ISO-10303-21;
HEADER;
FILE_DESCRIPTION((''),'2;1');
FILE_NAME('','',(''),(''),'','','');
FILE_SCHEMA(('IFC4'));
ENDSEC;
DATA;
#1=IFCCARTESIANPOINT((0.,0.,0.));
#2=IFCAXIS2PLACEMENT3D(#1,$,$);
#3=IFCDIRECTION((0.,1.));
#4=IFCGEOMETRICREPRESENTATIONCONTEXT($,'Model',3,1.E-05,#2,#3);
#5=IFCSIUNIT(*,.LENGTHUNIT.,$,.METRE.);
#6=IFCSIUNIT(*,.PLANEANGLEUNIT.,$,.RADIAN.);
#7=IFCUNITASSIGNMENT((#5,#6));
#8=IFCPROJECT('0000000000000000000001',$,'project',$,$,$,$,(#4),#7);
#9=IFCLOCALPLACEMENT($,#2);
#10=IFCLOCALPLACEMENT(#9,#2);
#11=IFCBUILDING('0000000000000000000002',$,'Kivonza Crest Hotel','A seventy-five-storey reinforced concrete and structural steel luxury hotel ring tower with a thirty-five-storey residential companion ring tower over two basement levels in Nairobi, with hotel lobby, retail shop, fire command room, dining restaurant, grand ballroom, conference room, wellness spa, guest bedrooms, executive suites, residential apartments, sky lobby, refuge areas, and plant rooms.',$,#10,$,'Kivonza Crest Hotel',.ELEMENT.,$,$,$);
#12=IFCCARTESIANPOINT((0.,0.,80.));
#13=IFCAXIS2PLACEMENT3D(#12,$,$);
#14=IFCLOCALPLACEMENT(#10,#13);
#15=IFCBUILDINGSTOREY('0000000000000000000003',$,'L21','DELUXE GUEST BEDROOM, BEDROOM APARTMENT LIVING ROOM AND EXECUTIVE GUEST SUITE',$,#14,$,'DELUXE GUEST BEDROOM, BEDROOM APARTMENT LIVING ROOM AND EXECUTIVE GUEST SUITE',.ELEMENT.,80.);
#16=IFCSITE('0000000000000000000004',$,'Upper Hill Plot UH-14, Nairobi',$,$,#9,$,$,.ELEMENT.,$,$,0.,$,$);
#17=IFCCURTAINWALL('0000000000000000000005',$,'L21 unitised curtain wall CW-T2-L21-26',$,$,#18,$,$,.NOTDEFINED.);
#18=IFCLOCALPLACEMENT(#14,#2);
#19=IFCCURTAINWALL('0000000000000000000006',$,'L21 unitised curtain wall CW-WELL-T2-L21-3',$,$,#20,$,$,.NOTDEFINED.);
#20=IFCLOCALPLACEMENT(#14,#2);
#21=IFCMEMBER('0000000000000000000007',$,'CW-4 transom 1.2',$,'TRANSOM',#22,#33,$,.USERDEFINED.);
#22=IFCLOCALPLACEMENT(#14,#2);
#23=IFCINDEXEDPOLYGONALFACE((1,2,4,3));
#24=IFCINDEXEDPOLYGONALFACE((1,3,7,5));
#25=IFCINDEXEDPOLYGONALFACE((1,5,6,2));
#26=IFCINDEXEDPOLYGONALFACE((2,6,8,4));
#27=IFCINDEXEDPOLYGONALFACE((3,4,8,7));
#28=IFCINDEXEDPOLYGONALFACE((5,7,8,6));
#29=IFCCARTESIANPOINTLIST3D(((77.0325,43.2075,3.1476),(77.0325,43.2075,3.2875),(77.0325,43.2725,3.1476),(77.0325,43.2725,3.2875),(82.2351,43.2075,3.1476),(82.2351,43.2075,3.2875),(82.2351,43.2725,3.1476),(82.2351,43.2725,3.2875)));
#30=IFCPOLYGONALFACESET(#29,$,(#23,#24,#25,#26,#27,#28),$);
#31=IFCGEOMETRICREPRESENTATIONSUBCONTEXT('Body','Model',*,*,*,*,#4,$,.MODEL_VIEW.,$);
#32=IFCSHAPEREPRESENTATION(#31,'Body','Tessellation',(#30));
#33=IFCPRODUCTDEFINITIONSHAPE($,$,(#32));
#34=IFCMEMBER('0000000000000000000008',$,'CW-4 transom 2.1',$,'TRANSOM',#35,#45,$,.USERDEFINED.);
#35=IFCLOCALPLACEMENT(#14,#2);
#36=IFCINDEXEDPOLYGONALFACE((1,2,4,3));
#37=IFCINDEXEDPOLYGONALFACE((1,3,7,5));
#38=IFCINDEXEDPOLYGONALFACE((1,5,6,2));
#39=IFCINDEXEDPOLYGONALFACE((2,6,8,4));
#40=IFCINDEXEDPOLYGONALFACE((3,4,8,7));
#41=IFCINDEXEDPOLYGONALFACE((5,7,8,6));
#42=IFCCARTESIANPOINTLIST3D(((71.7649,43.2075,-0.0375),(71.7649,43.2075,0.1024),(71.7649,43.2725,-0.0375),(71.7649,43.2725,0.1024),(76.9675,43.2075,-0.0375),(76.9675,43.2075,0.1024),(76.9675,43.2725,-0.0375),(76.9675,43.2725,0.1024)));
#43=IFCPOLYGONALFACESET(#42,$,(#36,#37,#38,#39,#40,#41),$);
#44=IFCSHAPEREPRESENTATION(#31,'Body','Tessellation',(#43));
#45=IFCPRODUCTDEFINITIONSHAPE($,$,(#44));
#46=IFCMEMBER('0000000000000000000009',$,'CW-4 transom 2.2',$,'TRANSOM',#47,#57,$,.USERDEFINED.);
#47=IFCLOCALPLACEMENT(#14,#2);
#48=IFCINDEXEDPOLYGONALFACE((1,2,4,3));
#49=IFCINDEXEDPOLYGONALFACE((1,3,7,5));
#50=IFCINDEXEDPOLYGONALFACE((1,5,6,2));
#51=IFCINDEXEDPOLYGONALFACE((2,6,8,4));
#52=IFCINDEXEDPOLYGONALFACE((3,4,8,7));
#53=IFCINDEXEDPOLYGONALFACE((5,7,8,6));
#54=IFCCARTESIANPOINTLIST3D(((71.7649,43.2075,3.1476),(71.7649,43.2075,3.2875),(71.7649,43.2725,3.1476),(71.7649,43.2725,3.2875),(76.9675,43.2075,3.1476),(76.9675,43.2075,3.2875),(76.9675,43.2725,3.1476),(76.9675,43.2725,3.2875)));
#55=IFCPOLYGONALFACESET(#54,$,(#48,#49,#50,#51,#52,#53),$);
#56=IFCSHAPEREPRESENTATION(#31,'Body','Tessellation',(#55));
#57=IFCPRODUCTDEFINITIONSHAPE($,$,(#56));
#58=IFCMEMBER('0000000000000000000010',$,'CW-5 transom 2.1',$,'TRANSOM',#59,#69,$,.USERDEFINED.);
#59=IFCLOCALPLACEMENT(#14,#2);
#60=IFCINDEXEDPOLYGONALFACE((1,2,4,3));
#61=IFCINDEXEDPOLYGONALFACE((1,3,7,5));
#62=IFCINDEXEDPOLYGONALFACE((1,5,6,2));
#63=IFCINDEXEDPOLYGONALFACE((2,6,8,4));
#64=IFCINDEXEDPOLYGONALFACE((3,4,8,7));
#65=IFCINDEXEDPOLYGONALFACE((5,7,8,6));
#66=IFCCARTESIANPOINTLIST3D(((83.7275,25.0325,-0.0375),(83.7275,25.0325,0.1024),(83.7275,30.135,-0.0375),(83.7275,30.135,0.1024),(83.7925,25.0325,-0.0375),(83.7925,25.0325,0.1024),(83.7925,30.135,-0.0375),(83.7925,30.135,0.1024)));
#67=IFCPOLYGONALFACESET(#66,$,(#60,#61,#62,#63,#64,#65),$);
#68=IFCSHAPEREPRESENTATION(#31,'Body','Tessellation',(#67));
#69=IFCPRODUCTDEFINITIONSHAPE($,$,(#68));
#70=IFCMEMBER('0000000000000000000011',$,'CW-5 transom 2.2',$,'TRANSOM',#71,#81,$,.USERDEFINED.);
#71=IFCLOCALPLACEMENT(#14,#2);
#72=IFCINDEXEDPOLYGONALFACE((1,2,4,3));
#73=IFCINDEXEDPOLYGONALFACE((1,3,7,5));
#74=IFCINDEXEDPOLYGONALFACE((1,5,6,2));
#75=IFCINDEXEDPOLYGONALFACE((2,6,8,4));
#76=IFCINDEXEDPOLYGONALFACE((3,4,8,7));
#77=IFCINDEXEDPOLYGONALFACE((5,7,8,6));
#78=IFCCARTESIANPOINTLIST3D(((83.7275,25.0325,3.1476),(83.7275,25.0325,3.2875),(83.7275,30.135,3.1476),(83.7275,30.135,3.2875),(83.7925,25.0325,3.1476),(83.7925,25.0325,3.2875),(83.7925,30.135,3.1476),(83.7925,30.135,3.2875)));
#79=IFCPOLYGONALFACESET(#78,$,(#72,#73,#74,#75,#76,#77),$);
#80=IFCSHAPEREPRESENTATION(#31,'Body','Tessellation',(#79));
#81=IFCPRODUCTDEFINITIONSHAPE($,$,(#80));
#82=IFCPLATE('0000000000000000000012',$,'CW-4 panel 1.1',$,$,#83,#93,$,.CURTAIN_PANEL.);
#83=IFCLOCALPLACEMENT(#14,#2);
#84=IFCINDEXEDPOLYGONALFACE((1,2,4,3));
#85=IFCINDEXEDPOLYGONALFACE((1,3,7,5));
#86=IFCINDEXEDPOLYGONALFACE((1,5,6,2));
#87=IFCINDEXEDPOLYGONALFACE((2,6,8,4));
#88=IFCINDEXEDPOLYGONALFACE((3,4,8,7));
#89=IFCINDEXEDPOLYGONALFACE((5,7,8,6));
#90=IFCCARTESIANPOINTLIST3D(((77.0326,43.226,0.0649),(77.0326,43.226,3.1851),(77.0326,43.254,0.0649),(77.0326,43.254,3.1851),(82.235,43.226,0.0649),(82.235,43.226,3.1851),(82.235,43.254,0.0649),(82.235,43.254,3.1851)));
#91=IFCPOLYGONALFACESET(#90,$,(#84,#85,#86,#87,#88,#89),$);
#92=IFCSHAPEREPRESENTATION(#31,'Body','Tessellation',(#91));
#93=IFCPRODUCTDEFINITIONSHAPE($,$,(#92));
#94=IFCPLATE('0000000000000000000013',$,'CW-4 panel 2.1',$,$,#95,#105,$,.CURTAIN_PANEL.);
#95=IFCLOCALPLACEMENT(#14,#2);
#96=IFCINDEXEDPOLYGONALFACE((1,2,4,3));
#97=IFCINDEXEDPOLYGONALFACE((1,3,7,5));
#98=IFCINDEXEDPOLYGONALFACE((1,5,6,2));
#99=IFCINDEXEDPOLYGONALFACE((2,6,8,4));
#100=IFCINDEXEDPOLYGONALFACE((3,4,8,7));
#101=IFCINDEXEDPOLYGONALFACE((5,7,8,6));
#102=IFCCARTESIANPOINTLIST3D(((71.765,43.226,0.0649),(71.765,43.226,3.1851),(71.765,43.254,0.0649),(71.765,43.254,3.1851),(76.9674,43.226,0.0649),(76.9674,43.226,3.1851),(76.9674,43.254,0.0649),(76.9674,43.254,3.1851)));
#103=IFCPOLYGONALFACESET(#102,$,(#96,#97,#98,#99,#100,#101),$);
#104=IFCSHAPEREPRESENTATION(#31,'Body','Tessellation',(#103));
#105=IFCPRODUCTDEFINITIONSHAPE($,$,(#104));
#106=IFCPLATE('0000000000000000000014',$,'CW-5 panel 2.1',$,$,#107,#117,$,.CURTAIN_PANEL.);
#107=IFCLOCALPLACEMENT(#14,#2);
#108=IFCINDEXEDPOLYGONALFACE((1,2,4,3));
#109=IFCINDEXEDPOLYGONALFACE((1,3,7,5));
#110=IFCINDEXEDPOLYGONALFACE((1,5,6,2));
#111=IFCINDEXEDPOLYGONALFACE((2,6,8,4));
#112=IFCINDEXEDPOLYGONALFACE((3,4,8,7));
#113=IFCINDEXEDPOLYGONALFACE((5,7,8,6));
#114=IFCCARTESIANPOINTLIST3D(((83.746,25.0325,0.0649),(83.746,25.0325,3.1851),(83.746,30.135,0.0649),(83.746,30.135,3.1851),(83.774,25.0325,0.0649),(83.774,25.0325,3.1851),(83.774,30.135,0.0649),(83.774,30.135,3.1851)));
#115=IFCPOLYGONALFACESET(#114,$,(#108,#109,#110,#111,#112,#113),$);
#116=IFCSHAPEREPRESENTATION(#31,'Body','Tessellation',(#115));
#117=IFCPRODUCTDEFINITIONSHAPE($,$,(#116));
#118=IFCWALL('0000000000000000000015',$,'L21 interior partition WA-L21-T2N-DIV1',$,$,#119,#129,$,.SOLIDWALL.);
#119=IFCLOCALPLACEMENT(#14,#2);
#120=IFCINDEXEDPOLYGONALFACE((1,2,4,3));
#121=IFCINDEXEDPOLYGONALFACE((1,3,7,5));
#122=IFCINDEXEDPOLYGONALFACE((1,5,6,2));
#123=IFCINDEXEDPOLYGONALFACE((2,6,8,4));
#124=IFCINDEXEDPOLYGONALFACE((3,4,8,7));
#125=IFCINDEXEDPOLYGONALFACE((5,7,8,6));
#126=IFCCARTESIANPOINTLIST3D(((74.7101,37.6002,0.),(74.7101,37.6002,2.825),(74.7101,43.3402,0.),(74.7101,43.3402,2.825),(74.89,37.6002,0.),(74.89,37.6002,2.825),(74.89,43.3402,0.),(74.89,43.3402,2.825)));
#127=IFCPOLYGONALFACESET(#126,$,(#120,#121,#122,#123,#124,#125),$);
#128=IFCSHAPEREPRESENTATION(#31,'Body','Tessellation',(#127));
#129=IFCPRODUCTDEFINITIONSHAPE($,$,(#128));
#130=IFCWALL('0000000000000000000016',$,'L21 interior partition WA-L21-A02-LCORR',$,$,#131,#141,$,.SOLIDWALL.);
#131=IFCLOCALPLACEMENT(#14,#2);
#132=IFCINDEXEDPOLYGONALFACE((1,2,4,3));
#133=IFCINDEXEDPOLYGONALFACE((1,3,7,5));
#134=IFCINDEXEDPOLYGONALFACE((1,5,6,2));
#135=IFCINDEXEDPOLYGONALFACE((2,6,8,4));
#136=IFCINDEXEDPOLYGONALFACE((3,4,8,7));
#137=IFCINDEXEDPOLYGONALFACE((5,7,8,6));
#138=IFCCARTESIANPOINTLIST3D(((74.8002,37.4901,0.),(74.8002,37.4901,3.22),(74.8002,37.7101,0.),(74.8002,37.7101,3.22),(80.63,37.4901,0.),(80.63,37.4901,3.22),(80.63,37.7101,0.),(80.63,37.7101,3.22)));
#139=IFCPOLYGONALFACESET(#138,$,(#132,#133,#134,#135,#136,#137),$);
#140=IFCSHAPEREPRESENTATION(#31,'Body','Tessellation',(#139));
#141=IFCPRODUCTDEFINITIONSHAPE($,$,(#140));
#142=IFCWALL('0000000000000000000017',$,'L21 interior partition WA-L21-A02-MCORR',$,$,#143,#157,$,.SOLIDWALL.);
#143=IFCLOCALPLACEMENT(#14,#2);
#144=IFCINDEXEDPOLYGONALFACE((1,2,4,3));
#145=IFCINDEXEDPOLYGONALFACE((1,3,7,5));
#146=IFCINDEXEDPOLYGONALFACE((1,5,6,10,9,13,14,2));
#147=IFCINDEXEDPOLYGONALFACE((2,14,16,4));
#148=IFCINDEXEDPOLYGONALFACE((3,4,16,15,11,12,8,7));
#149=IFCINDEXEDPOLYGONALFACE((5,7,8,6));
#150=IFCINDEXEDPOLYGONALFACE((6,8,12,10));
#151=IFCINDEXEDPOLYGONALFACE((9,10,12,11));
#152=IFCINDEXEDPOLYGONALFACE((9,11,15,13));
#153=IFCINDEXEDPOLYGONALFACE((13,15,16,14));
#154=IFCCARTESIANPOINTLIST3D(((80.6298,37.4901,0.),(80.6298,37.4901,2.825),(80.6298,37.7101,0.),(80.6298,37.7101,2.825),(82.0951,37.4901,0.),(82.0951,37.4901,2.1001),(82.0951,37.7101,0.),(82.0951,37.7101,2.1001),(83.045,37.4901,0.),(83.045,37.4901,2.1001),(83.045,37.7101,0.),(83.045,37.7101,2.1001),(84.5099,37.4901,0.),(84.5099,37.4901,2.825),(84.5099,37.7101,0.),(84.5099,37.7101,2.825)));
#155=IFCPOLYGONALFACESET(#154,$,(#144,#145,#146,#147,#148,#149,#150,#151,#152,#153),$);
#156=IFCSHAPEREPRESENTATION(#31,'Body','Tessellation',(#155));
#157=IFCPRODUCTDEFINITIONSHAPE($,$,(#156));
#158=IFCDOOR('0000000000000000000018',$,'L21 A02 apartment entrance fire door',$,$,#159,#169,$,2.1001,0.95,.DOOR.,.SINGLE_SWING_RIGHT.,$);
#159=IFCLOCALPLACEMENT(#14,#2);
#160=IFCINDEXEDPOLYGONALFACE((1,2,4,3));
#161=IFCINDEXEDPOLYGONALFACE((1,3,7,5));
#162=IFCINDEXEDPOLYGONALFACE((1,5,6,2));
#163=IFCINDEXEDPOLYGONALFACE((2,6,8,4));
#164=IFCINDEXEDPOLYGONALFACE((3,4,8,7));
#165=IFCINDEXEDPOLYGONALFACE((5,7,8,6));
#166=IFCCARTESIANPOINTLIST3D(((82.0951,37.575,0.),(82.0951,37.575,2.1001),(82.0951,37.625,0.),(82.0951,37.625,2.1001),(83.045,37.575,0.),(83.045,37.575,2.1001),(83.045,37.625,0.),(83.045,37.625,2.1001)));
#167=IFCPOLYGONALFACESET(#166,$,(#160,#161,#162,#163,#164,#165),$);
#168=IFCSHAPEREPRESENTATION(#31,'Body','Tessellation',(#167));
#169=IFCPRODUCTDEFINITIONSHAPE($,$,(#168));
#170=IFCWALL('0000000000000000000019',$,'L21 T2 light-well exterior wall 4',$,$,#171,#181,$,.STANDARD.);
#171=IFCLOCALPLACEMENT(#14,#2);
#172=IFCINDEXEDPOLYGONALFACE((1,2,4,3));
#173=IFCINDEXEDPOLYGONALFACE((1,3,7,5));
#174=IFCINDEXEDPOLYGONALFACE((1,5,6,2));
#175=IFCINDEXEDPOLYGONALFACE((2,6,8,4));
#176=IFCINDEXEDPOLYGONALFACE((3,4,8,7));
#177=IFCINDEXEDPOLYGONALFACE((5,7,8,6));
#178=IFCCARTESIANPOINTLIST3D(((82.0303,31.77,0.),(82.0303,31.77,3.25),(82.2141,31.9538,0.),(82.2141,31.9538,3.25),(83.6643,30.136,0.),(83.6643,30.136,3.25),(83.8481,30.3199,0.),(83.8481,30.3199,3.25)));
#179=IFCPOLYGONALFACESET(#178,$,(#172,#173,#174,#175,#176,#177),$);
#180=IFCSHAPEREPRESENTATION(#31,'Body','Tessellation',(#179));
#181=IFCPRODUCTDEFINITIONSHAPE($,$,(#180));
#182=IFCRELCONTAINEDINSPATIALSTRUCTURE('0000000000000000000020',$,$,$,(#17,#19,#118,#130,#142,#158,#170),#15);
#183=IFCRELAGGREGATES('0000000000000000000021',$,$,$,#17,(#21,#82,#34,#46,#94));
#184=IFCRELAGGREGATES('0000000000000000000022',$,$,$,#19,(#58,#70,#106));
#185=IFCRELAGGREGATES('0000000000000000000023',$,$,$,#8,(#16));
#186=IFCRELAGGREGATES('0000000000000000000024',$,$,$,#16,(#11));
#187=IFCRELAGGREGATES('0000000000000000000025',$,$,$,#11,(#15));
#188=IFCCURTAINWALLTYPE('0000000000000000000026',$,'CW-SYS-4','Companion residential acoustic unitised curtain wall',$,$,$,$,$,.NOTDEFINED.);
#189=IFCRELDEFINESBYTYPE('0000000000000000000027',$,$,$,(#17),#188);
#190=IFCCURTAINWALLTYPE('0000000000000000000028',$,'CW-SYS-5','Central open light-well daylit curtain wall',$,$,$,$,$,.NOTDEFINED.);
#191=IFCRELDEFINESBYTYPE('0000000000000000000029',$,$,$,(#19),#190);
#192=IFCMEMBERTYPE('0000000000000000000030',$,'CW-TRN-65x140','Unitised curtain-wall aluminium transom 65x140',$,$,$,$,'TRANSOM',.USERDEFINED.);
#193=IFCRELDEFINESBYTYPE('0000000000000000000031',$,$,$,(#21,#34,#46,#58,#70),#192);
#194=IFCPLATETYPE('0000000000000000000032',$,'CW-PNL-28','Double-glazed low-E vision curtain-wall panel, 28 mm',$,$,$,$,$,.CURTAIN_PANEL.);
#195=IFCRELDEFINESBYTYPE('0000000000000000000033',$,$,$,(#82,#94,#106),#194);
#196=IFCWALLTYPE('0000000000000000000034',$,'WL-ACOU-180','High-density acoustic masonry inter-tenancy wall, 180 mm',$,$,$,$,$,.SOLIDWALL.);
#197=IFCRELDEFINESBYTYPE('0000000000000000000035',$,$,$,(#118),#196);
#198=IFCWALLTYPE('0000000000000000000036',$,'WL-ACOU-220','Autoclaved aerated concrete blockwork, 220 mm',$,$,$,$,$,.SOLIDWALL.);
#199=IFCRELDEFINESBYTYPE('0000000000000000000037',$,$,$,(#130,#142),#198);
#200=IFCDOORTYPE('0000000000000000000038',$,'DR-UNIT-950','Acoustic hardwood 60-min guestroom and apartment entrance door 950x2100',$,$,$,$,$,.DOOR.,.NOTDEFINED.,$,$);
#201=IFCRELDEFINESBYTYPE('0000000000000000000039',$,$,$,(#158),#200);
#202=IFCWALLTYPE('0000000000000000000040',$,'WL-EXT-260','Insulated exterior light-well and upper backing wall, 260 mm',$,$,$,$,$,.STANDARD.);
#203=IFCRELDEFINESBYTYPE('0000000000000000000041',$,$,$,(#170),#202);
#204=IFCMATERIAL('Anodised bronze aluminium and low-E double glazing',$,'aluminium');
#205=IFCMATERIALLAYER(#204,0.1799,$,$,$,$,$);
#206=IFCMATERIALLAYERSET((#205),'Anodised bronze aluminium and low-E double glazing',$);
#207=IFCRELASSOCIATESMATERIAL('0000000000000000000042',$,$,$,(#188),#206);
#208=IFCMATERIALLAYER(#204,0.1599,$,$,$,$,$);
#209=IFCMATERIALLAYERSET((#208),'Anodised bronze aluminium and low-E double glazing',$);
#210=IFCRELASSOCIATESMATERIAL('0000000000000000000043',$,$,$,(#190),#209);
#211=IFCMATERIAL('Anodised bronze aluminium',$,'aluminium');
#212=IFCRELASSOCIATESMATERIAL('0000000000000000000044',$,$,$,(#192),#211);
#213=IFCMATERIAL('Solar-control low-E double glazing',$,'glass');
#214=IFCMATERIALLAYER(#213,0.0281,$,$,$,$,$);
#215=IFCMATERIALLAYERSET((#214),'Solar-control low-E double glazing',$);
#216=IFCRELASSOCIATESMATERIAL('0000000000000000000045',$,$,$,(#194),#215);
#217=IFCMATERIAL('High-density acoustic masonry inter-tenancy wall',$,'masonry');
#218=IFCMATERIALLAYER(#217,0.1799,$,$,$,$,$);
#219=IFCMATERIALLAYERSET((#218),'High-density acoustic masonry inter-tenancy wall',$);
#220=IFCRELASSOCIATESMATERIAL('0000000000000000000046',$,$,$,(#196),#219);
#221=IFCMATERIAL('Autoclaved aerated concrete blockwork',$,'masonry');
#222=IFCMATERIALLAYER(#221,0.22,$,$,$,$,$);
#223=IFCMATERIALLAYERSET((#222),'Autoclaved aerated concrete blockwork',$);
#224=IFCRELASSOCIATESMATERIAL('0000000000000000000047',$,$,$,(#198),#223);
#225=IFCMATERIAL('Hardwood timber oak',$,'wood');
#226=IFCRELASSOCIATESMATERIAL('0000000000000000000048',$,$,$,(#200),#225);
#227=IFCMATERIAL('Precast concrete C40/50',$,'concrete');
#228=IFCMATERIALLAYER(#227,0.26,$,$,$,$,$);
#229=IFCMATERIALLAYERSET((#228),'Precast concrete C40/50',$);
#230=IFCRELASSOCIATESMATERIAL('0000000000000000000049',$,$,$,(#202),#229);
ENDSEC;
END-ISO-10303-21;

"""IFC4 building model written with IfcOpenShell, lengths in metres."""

from ifc_helpers import new_model, si_unit, direction, frame, frame_2d, origin, origin_2d, place, context, subcontext, project, spatial, rectangle, extrude, material, layer, layer_set, material_profile, profile_set, type_object, element, fill, aggregate, save


model = new_model("IFC4")

# Units and contexts
model_context = context("Model", 3, precision=1e-05, world=origin(), true_north=direction((0.0, 1.0)))
body_context = subcontext(model_context, "Body", "Model", "MODEL_VIEW")
ifc_project = project(units=[si_unit("LENGTHUNIT", "METRE"), si_unit("PLANEANGLEUNIT", "RADIAN")], contexts=[model_context])

# Site, building, storey
site_placement = place(None, origin())
site = spatial("IfcSite", under=ifc_project, at=site_placement, Name="Upper Hill Plot UH-14, Nairobi", CompositionType="ELEMENT", RefElevation=0.0)
building_placement = place(site_placement, origin())
building = spatial("IfcBuilding", under=site, at=building_placement, Name="Kivonza Crest Hotel", Description="A seventy-five-storey reinforced concrete and structural steel luxury hotel ring tower with a thirty-five-storey residential companion ring tower over two basement levels in Nairobi, with hotel lobby, retail shop, fire command room, dining restaurant, grand ballroom, conference room, wellness spa, guest bedrooms, executive suites, residential apartments, sky lobby, refuge areas, and plant rooms.", LongName="Kivonza Crest Hotel", CompositionType="ELEMENT")
storey_placement = place(building_placement, frame((0.0, 0.0, 80.0)))
storey = spatial("IfcBuildingStorey", under=building, at=storey_placement, Name="L21", Description="DELUXE GUEST BEDROOM, BEDROOM APARTMENT LIVING ROOM AND EXECUTIVE GUEST SUITE", LongName="DELUXE GUEST BEDROOM, BEDROOM APARTMENT LIVING ROOM AND EXECUTIVE GUEST SUITE", CompositionType="ELEMENT", Elevation=80.0)

# Curtain walls
ifc_material_1 = material(Name="Anodised bronze aluminium and low-E double glazing", Category="aluminium")
ifc_layer_1 = layer(ifc_material_1, 0.1799)
ifc_layer_set_1 = layer_set([ifc_layer_1], Name="Anodised bronze aluminium and low-E double glazing")
curtain_wall_type_1 = type_object("IfcCurtainWallType", Name="CW-SYS-4", Description="Companion residential acoustic unitised curtain wall", PredefinedType="NOTDEFINED", material=ifc_layer_set_1)
curtain_wall_1_placement = place(storey_placement, origin())
curtain_wall_1 = element("IfcCurtainWall", 1, at=curtain_wall_1_placement, inside=storey, type_object=curtain_wall_type_1, Name="L21 unitised curtain wall CW-T2-L21-26", PredefinedType="NOTDEFINED")
ifc_material_2 = material(Name="Anodised bronze aluminium", Category="aluminium")
ifc_layer_2 = layer(ifc_material_1, 0.1599)
ifc_layer_set_2 = layer_set([ifc_layer_2], Name="Anodised bronze aluminium and low-E double glazing")
curtain_wall_type_2 = type_object("IfcCurtainWallType", Name="CW-SYS-5", Description="Central open light-well daylit curtain wall", PredefinedType="NOTDEFINED", material=ifc_layer_set_2)
curtain_wall_2_placement = place(storey_placement, origin())
curtain_wall_2 = element("IfcCurtainWall", 2, at=curtain_wall_2_placement, inside=storey, type_object=curtain_wall_type_2, Name="L21 unitised curtain wall CW-WELL-T2-L21-3", PredefinedType="NOTDEFINED")

# Members
ifc_material_profile_1 = material_profile(ifc_material_2, rectangle(XDim=0.0649, YDim=0.1399, at=origin_2d()), Name="CW-T 65x140")
ifc_profile_set_1 = profile_set([ifc_material_profile_1], Name="Anodised bronze aluminium")
member_type_1 = type_object("IfcMemberType", Name="CW-TRN-65x140", Description="Unitised curtain-wall aluminium transom 65x140", ElementType="TRANSOM", PredefinedType="USERDEFINED", material=ifc_profile_set_1)
member_1_placement = place(storey_placement, frame((82.2351, 43.24, 3.2175), z_axis=(-1.0, 0.0, 0.0), x_axis=(0.0, -1.0, 0.0)))
member_1 = element("IfcMember", 3, at=member_1_placement, type_object=member_type_1, Name="CW-4 transom 1.2", ObjectType="TRANSOM", PredefinedType="USERDEFINED", context=body_context, shape_type="SweptSolid", body=[
    extrude(rectangle(XDim=0.0649, YDim=0.1399, at=origin_2d()), origin(), (0.0, 0.0, 1.0), 5.2026),
])
member_2_placement = place(storey_placement, frame((76.9675, 43.24, 0.0325), z_axis=(-1.0, 0.0, 0.0), x_axis=(0.0, -1.0, 0.0)))
member_2 = element("IfcMember", 4, at=member_2_placement, type_object=member_type_1, Name="CW-4 transom 2.1", ObjectType="TRANSOM", PredefinedType="USERDEFINED", context=body_context, shape_type="SweptSolid", body=[
    extrude(rectangle(XDim=0.0649, YDim=0.1399, at=origin_2d()), origin(), (0.0, 0.0, 1.0), 5.2026),
])
member_3_placement = place(storey_placement, frame((76.9675, 43.24, 3.2175), z_axis=(-1.0, 0.0, 0.0), x_axis=(0.0, -1.0, 0.0)))
member_3 = element("IfcMember", 5, at=member_3_placement, type_object=member_type_1, Name="CW-4 transom 2.2", ObjectType="TRANSOM", PredefinedType="USERDEFINED", context=body_context, shape_type="SweptSolid", body=[
    extrude(rectangle(XDim=0.0649, YDim=0.1399, at=origin_2d()), origin(), (0.0, 0.0, 1.0), 5.2026),
])
member_4_placement = place(storey_placement, frame((83.76, 25.0325, 0.0325), z_axis=(0.0, 1.0, 0.0), x_axis=(-1.0, 0.0, 0.0)))
member_4 = element("IfcMember", 6, at=member_4_placement, type_object=member_type_1, Name="CW-5 transom 2.1", ObjectType="TRANSOM", PredefinedType="USERDEFINED", context=body_context, shape_type="SweptSolid", body=[
    extrude(rectangle(XDim=0.0649, YDim=0.1399, at=origin_2d()), origin(), (0.0, 0.0, 1.0), 5.1025),
])
member_5_placement = place(storey_placement, frame((83.76, 25.0325, 3.2175), z_axis=(0.0, 1.0, 0.0), x_axis=(-1.0, 0.0, 0.0)))
member_5 = element("IfcMember", 7, at=member_5_placement, type_object=member_type_1, Name="CW-5 transom 2.2", ObjectType="TRANSOM", PredefinedType="USERDEFINED", context=body_context, shape_type="SweptSolid", body=[
    extrude(rectangle(XDim=0.0649, YDim=0.1399, at=origin_2d()), origin(), (0.0, 0.0, 1.0), 5.1025),
])

# Plates
ifc_material_3 = material(Name="Solar-control low-E double glazing", Category="glass")
ifc_layer_3 = layer(ifc_material_3, 0.0281)
ifc_layer_set_3 = layer_set([ifc_layer_3], Name="Solar-control low-E double glazing")
plate_type = type_object("IfcPlateType", Name="CW-PNL-28", Description="Double-glazed low-E vision curtain-wall panel, 28 mm", PredefinedType="CURTAIN_PANEL", material=ifc_layer_set_3)
plate_1_placement = place(storey_placement, frame((79.6338, 43.24, 0.0649), z_axis=(0.0, 0.0, 1.0), x_axis=(-1.0, 0.0, 0.0)))
plate_1 = element("IfcPlate", 8, at=plate_1_placement, type_object=plate_type, Name="CW-4 panel 1.1", PredefinedType="CURTAIN_PANEL", context=body_context, shape_type="SweptSolid", body=[
    extrude(rectangle(XDim=5.2024, YDim=0.0281, at=origin_2d()), origin(), (0.0, 0.0, 1.0), 3.1201),
])
plate_2_placement = place(storey_placement, frame((74.3662, 43.24, 0.0649), z_axis=(0.0, 0.0, 1.0), x_axis=(-1.0, 0.0, 0.0)))
plate_2 = element("IfcPlate", 9, at=plate_2_placement, type_object=plate_type, Name="CW-4 panel 2.1", PredefinedType="CURTAIN_PANEL", context=body_context, shape_type="SweptSolid", body=[
    extrude(rectangle(XDim=5.2024, YDim=0.0281, at=origin_2d()), origin(), (0.0, 0.0, 1.0), 3.1201),
])
aggregate(curtain_wall_1, [member_1, plate_1, member_2, member_3, plate_2])
plate_3_placement = place(storey_placement, frame((83.76, 27.5837, 0.0649), z_axis=(0.0, 0.0, 1.0), x_axis=(0.0, 1.0, 0.0)))
plate_3 = element("IfcPlate", 10, at=plate_3_placement, type_object=plate_type, Name="CW-5 panel 2.1", PredefinedType="CURTAIN_PANEL", context=body_context, shape_type="SweptSolid", body=[
    extrude(rectangle(XDim=5.1025, YDim=0.0281, at=origin_2d()), origin(), (0.0, 0.0, 1.0), 3.1201),
])
aggregate(curtain_wall_2, [member_4, member_5, plate_3])

# Walls
ifc_material_4 = material(Name="High-density acoustic masonry inter-tenancy wall", Category="masonry")
ifc_layer_4 = layer(ifc_material_4, 0.1799)
ifc_layer_set_4 = layer_set([ifc_layer_4], Name="High-density acoustic masonry inter-tenancy wall")
wall_type_1 = type_object("IfcWallType", Name="WL-ACOU-180", Description="High-density acoustic masonry inter-tenancy wall, 180 mm", PredefinedType="SOLIDWALL", material=ifc_layer_set_4)
wall_1_placement = place(storey_placement, frame((74.8, 37.6001, 0.0), z_axis=(0.0, 0.0, 1.0), x_axis=(0.0, 1.0, 0.0)))
element("IfcWall", 11, at=wall_1_placement, inside=storey, type_object=wall_type_1, Name="L21 interior partition WA-L21-T2N-DIV1", PredefinedType="SOLIDWALL", context=body_context, shape_type="SweptSolid", body=[
    extrude(rectangle(XDim=5.74, YDim=0.1799, at=frame_2d((2.8701, 0.0))), origin(), (0.0, 0.0, 1.0), 2.825),
])
ifc_material_5 = material(Name="Autoclaved aerated concrete blockwork", Category="masonry")
ifc_layer_5 = layer(ifc_material_5, 0.22)
ifc_layer_set_5 = layer_set([ifc_layer_5], Name="Autoclaved aerated concrete blockwork")
wall_type_2 = type_object("IfcWallType", Name="WL-ACOU-220", Description="Autoclaved aerated concrete blockwork, 220 mm", PredefinedType="SOLIDWALL", material=ifc_layer_set_5)
wall_2_placement = place(storey_placement, frame((74.8, 37.6001, 0.0), z_axis=(0.0, 0.0, 1.0), x_axis=(1.0, 0.0, 0.0)))
element("IfcWall", 12, at=wall_2_placement, inside=storey, type_object=wall_type_2, Name="L21 interior partition WA-L21-A02-LCORR", PredefinedType="SOLIDWALL", context=body_context, shape_type="SweptSolid", body=[
    extrude(rectangle(XDim=5.8298, YDim=0.22, at=frame_2d((2.915, 0.0))), origin(), (0.0, 0.0, 1.0), 3.22),
])

# Wall, opening, door
wall_3_placement = place(storey_placement, frame((80.6299, 37.6001, 0.0), z_axis=(0.0, 0.0, 1.0), x_axis=(1.0, 0.0, 0.0)))
wall_3 = element("IfcWall", 13, at=wall_3_placement, inside=storey, type_object=wall_type_2, Name="L21 interior partition WA-L21-A02-MCORR", PredefinedType="SOLIDWALL", context=body_context, shape_type="SweptSolid", body=[
    extrude(rectangle(XDim=3.8801, YDim=0.22, at=frame_2d((1.9399, 0.0))), origin(), (0.0, 0.0, 1.0), 2.825),
])
opening_1_placement = place(wall_3_placement, frame((1.4651, 0.0, 0.0)))
opening_1 = element("IfcOpeningElement", 14, at=opening_1_placement, cuts=wall_3, PredefinedType="OPENING", context=body_context, shape_type="SweptSolid", body=[
    extrude(rectangle(XDim=0.95, YDim=2.1001, at=frame_2d((0.4751, 1.05))), frame((0.0, 0.1201, 0.0), z_axis=(0.0, -1.0, 0.0), x_axis=(1.0, 0.0, 0.0)), (0.0, 0.0, 1.0), 0.24),
])
ifc_material_6 = material(Name="Hardwood timber oak", Category="wood")
door_type_1 = type_object("IfcDoorType", Name="DR-UNIT-950", Description="Acoustic hardwood 60-min guestroom and apartment entrance door 950x2100", OperationType="NOTDEFINED", PredefinedType="DOOR", material=ifc_material_6)
door_1_placement = place(opening_1_placement, origin())
door_1 = element("IfcDoor", 15, at=door_1_placement, inside=storey, type_object=door_type_1, Name="L21 A02 apartment entrance fire door", OperationType="SINGLE_SWING_RIGHT", OverallHeight=2.1001, OverallWidth=0.95, PredefinedType="DOOR", context=body_context, shape_type="SweptSolid", body=[
    extrude(rectangle(XDim=0.95, YDim=2.1001, at=frame_2d((0.4751, 1.05))), frame((0.0, 0.0249, 0.0), z_axis=(0.0, -1.0, 0.0), x_axis=(1.0, 0.0, 0.0)), (0.0, 0.0, 1.0), 0.05),
])
fill(opening_1, door_1)

# Wall
ifc_material_7 = material(Name="Precast concrete C40/50", Category="concrete")
ifc_layer_6 = layer(ifc_material_7, 0.26)
ifc_layer_set_6 = layer_set([ifc_layer_6], Name="Precast concrete C40/50")
wall_type_3 = type_object("IfcWallType", Name="WL-EXT-260", Description="Insulated exterior light-well and upper backing wall, 260 mm", PredefinedType="STANDARD", material=ifc_layer_set_6)
wall_4_placement = place(storey_placement, frame((83.7561, 30.228, 0.0), z_axis=(0.0, 0.0, 1.0), x_axis=(-0.707107, 0.707107, 0.0)))
element("IfcWall", 16, at=wall_4_placement, inside=storey, type_object=wall_type_3, Name="L21 T2 light-well exterior wall 4", PredefinedType="STANDARD", context=body_context, shape_type="SweptSolid", body=[
    extrude(rectangle(XDim=2.3108, YDim=0.26, at=frame_2d((1.1553, 0.0))), origin(), (0.0, 0.0, 1.0), 3.25),
])

save(model, "model.ifc")
